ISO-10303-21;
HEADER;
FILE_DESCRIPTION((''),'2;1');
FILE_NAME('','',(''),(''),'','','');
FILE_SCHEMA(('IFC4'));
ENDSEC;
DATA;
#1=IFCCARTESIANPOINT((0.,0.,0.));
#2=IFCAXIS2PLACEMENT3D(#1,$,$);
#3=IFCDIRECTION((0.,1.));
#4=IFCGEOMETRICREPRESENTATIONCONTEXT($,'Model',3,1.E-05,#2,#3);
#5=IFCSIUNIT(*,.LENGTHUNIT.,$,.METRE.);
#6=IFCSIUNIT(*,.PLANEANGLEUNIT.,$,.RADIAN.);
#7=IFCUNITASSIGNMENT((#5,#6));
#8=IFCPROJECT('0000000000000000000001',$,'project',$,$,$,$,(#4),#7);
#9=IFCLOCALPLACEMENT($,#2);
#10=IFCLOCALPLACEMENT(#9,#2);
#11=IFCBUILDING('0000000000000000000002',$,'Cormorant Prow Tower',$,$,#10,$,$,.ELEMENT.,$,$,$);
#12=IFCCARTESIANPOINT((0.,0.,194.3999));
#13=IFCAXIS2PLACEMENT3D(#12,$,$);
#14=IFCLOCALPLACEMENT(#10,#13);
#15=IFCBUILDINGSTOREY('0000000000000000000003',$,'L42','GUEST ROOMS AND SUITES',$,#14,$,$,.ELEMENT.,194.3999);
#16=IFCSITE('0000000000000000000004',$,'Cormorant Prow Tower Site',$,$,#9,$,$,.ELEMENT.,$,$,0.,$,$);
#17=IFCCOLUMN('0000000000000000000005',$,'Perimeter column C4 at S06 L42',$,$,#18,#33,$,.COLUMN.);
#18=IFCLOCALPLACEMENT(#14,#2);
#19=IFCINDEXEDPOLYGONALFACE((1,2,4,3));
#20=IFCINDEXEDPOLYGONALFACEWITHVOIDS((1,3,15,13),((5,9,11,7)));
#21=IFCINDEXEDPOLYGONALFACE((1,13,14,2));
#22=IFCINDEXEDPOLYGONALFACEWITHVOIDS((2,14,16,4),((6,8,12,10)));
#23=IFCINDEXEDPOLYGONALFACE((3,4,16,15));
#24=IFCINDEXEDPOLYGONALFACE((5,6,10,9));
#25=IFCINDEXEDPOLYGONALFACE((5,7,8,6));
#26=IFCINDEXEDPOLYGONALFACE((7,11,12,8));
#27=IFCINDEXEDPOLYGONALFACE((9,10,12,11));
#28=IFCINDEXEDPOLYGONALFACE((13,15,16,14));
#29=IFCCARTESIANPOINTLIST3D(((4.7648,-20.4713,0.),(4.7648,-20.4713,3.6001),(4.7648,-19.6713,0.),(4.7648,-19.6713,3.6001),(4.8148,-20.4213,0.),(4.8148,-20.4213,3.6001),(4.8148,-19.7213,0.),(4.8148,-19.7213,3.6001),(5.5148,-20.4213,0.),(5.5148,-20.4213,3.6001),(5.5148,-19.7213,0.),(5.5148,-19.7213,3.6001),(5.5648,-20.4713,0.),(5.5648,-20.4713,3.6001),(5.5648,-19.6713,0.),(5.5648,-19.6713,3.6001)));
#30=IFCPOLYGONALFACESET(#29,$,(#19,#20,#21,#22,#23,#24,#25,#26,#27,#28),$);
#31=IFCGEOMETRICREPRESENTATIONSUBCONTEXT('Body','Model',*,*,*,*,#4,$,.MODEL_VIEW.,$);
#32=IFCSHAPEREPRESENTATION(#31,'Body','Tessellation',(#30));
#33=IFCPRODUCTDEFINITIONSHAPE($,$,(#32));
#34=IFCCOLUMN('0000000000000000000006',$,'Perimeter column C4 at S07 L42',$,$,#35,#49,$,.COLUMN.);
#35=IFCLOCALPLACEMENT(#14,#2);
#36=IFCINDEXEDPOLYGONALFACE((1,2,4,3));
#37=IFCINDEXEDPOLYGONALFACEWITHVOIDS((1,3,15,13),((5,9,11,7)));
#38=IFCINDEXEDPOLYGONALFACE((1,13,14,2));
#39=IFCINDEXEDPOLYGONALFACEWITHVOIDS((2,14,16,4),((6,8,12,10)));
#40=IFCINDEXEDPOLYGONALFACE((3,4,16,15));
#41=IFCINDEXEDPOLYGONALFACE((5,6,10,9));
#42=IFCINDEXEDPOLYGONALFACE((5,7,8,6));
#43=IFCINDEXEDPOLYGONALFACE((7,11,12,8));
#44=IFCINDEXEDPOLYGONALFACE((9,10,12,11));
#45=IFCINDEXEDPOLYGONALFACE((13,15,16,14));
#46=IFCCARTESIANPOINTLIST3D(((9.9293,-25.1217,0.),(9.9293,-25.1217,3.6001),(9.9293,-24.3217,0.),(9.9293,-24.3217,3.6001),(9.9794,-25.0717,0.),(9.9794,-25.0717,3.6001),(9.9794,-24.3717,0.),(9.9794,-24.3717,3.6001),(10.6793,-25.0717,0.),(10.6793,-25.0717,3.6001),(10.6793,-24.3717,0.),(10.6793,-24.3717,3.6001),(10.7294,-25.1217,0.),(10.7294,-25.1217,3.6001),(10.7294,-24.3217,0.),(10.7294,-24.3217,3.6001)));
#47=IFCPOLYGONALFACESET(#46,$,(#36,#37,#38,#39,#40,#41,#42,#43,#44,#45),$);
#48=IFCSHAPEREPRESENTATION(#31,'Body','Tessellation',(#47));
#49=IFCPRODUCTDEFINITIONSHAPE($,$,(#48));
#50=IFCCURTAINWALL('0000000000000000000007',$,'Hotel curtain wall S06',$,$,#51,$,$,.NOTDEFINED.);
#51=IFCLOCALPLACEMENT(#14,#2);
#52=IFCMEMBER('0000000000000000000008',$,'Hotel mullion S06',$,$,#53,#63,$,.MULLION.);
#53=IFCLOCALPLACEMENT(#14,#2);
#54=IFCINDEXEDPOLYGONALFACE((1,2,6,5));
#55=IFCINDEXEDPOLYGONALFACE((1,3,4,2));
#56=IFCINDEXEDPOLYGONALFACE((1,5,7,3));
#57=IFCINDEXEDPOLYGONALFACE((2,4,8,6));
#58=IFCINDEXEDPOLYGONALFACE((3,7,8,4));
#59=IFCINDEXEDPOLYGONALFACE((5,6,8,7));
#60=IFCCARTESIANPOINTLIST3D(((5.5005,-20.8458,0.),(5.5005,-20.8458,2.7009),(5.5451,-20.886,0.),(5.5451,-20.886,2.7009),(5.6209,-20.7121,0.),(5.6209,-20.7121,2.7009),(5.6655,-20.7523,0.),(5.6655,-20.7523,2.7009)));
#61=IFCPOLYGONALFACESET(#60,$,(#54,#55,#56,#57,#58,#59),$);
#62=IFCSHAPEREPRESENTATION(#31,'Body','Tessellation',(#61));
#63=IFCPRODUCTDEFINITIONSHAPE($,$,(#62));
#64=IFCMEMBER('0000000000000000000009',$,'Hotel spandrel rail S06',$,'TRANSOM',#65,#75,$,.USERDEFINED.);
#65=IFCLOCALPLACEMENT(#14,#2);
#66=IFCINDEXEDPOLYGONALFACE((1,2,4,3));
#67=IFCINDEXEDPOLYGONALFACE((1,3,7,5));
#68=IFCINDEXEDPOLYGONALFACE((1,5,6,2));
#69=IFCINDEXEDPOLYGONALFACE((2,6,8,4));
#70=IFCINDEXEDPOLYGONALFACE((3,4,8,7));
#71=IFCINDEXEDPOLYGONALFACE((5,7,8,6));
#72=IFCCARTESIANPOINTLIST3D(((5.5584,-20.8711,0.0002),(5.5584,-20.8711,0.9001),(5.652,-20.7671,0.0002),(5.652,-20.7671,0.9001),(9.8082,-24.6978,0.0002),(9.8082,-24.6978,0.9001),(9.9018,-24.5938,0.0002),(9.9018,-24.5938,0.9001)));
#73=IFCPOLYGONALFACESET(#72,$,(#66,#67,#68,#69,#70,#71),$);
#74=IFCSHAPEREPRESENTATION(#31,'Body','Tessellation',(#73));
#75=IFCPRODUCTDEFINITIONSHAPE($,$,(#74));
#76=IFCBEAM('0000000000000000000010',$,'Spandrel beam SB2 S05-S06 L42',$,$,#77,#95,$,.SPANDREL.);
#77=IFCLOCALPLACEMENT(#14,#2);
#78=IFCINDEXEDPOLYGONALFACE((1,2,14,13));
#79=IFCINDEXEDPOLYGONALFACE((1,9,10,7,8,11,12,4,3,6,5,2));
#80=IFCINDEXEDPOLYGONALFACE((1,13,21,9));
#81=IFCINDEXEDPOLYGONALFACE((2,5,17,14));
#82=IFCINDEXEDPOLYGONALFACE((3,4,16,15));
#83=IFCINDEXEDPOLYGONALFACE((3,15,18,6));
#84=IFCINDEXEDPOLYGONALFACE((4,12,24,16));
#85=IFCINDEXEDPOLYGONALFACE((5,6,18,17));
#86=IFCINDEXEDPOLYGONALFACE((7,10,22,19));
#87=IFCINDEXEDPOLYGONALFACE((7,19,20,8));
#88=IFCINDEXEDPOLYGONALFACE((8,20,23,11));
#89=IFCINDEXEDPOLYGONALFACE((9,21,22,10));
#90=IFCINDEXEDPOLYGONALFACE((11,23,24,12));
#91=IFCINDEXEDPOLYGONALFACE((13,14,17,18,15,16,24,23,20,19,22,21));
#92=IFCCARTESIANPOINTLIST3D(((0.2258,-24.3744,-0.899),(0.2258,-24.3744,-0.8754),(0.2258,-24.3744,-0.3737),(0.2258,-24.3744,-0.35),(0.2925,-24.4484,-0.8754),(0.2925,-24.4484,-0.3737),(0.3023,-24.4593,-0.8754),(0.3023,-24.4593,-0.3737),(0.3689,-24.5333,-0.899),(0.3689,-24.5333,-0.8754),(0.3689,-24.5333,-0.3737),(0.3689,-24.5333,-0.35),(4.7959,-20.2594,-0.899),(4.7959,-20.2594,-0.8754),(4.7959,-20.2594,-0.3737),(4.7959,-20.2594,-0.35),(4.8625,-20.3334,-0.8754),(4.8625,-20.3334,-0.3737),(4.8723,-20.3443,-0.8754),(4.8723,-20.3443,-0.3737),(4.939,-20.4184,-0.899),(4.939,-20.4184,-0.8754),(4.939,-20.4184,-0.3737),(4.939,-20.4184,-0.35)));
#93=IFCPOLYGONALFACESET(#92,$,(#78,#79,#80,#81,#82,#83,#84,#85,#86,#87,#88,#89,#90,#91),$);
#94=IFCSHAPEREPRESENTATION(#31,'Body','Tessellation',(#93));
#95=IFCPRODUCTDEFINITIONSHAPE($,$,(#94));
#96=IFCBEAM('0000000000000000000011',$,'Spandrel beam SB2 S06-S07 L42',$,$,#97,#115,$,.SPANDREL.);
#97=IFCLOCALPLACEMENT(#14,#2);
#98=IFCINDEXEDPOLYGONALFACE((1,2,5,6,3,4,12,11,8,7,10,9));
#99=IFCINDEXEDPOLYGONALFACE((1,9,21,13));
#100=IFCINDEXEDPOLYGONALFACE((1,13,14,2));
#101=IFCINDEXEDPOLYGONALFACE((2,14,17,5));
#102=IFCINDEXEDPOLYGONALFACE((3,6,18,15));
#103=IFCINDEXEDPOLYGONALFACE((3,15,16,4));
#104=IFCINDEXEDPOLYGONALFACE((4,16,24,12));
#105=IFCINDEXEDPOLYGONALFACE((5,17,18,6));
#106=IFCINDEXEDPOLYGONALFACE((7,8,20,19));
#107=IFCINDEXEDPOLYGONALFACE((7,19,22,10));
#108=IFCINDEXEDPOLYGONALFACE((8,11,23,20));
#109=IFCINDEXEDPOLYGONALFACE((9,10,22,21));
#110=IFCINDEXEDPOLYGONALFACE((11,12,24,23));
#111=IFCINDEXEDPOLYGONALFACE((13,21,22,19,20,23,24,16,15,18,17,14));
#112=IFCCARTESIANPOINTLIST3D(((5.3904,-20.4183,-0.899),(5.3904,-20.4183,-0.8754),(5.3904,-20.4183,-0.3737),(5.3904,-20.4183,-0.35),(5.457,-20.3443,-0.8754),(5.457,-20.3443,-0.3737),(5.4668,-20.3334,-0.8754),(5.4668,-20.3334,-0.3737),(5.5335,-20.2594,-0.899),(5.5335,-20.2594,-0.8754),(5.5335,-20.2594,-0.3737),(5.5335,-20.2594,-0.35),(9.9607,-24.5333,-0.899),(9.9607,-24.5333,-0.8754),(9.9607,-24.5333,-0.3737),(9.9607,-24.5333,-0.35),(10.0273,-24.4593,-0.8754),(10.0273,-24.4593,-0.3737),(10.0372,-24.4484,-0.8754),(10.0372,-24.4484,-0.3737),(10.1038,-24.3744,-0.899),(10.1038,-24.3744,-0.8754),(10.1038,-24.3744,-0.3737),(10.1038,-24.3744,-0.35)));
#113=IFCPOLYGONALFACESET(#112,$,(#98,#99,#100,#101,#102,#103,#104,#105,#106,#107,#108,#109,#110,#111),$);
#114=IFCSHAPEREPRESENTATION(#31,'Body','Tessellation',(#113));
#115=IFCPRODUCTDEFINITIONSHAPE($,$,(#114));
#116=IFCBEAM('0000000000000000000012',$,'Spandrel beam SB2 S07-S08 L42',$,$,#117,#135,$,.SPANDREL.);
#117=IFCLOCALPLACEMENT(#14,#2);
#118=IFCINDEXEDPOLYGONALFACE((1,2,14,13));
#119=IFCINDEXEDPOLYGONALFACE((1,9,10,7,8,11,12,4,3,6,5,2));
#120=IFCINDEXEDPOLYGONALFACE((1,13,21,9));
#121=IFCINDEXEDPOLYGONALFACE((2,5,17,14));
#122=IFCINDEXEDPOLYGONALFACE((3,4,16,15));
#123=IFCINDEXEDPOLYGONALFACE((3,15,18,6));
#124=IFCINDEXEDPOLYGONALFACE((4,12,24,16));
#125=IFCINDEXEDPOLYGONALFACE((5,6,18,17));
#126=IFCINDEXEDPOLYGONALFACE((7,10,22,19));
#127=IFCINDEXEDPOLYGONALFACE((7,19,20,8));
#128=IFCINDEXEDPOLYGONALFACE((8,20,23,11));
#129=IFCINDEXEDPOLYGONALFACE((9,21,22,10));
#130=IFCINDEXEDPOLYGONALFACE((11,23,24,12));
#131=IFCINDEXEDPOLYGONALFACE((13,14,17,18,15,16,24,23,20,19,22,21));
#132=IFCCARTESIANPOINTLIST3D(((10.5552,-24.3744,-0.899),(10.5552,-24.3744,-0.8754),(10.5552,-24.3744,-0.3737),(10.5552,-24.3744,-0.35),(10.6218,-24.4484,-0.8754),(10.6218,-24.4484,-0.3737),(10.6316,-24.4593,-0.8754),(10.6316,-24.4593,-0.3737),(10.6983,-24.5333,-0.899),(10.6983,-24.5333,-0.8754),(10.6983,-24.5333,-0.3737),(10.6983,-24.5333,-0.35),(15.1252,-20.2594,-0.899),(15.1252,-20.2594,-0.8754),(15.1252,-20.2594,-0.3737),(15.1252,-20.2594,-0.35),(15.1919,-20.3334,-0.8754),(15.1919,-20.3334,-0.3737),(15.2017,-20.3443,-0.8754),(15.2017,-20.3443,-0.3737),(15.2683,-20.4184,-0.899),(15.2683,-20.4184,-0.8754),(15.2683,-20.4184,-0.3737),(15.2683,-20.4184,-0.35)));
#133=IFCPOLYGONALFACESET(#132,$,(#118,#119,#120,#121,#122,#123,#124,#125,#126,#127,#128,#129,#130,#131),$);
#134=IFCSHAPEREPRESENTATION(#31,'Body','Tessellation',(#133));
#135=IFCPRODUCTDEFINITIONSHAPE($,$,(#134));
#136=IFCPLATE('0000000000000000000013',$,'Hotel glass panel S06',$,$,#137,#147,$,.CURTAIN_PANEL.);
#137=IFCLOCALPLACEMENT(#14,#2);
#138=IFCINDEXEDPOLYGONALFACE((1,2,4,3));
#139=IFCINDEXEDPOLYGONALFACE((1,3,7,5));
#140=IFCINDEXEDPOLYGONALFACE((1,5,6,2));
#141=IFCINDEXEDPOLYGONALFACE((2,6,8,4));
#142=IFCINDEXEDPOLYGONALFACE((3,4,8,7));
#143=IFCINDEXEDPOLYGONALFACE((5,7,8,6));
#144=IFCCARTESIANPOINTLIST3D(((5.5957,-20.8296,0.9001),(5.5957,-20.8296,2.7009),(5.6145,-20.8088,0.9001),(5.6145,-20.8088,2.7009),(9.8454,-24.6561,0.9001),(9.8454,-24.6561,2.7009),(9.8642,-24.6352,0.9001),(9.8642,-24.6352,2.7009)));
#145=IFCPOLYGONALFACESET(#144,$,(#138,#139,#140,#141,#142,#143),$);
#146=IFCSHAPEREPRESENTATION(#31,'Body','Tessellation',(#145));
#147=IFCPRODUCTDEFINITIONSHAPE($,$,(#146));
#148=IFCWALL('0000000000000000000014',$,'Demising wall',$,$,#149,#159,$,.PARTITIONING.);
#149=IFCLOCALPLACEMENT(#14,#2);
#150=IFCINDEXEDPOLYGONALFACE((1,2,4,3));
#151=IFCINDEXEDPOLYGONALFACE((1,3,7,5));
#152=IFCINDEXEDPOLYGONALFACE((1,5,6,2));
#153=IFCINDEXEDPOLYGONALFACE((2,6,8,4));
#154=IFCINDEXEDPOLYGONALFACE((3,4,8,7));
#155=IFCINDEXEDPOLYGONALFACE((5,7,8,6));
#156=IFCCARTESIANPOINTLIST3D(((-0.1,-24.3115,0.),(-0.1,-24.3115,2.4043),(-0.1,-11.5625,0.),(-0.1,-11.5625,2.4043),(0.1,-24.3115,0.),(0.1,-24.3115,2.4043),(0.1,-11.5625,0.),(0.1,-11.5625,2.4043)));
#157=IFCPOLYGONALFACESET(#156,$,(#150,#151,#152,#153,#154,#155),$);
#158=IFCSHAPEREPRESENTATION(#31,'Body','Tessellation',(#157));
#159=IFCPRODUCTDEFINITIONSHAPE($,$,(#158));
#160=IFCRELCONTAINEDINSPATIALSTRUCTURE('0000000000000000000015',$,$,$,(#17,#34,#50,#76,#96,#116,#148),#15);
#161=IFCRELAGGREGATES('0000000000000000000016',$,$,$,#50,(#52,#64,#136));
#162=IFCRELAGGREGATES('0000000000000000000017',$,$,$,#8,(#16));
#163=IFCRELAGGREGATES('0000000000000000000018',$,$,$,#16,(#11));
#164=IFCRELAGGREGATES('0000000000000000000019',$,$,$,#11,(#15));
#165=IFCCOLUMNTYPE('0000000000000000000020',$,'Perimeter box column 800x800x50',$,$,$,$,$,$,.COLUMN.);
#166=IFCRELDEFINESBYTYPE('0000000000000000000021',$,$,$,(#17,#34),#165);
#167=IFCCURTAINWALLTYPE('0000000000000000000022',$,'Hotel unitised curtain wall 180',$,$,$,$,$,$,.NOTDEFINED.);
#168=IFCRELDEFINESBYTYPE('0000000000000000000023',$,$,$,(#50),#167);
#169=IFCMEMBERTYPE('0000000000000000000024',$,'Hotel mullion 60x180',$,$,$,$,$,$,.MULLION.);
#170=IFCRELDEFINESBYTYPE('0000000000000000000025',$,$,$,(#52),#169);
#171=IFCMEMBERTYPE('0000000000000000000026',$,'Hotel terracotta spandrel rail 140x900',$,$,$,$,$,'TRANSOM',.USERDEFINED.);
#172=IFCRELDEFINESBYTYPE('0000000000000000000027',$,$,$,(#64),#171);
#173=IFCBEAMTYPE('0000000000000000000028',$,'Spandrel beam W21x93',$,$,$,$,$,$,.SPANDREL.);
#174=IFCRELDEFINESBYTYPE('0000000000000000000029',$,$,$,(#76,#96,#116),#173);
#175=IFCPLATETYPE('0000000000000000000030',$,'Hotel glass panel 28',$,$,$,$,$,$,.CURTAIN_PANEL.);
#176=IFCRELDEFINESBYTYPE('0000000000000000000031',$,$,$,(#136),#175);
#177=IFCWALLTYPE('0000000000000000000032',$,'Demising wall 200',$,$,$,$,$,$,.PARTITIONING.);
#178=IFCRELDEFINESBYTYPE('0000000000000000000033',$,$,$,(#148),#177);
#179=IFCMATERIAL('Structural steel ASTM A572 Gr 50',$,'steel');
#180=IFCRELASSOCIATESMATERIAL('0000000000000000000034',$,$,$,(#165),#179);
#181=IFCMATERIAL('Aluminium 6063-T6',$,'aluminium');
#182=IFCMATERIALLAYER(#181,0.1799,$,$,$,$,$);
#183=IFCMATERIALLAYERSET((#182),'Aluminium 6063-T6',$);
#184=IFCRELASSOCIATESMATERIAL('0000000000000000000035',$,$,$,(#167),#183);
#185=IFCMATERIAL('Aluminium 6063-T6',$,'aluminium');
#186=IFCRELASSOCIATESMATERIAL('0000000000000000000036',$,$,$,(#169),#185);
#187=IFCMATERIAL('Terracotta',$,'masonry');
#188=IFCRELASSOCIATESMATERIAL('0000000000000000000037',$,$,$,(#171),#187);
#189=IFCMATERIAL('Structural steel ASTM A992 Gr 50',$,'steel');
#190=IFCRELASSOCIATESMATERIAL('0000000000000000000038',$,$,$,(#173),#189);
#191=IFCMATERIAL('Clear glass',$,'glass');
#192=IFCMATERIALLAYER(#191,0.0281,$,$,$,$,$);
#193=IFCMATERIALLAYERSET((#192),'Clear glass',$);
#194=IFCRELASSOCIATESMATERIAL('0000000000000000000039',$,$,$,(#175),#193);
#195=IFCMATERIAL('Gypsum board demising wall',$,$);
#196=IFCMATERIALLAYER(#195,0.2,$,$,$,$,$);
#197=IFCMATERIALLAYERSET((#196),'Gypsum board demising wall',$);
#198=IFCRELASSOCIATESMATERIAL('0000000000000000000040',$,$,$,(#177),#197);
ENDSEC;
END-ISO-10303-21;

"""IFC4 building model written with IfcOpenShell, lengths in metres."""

from ifc_helpers import new_model, si_unit, direction, frame, frame_2d, origin, origin_2d, place, context, subcontext, project, spatial, rectangle, hollow_rectangle, i_section, extrude, material, layer, layer_set, material_profile, profile_set, type_object, element, aggregate, save


model = new_model("IFC4")

# Units and contexts
model_context = context("Model", 3, precision=1e-05, world=origin(), true_north=direction((0.0, 1.0)))
body_context = subcontext(model_context, "Body", "Model", "MODEL_VIEW")
ifc_project = project(units=[si_unit("LENGTHUNIT", "METRE"), si_unit("PLANEANGLEUNIT", "RADIAN")], contexts=[model_context])

# Site, building, storey
site_placement = place(None, origin())
site = spatial("IfcSite", under=ifc_project, at=site_placement, Name="Cormorant Prow Tower Site", CompositionType="ELEMENT", RefElevation=0.0)
building_placement = place(site_placement, origin())
building = spatial("IfcBuilding", under=site, at=building_placement, Name="Cormorant Prow Tower", CompositionType="ELEMENT")
storey_placement = place(building_placement, frame((0.0, 0.0, 194.3999)))
storey = spatial("IfcBuildingStorey", under=building, at=storey_placement, Name="L42", Description="GUEST ROOMS AND SUITES", CompositionType="ELEMENT", Elevation=194.3999)

# Columns
ifc_material_1 = material(Name="Structural steel ASTM A572 Gr 50", Category="steel")
ifc_material_profile_1 = material_profile(ifc_material_1, hollow_rectangle(XDim=0.8, YDim=0.8, WallThickness=0.05, at=origin_2d()), Name="Box 800x800x50")
ifc_profile_set_1 = profile_set([ifc_material_profile_1], Name="Structural steel ASTM A572 Gr 50")
column_type = type_object("IfcColumnType", Name="Perimeter box column 800x800x50", PredefinedType="COLUMN", material=ifc_profile_set_1)
for number, where, z_axis, x_axis, name in (
    (1, (5.1648, -20.0713, 0.0), (0.0, 0.0, 1.0), (1.0, 0.0, 0.0), "Perimeter column C4 at S06 L42"),
    (2, (10.3293, -24.7217, 0.0), (0.0, 0.0, 1.0), (1.0, 0.0, 0.0), "Perimeter column C4 at S07 L42"),
):
    element("IfcColumn", number, at=place(storey_placement, frame(where, z_axis=z_axis, x_axis=x_axis)), inside=storey, type_object=column_type, Name=name, PredefinedType="COLUMN", context=body_context, shape_type="SweptSolid", body=[
        extrude(hollow_rectangle(XDim=0.8, YDim=0.8, WallThickness=0.05, at=origin_2d()), origin(), (0.0, 0.0, 1.0), 3.6001),
    ])

# Curtain wall, members
ifc_material_2 = material(Name="Aluminium 6063-T6", Category="aluminium")
ifc_layer_1 = layer(ifc_material_2, 0.1799)
ifc_layer_set_1 = layer_set([ifc_layer_1], Name="Aluminium 6063-T6")
curtain_wall_type = type_object("IfcCurtainWallType", Name="Hotel unitised curtain wall 180", PredefinedType="NOTDEFINED", material=ifc_layer_set_1)
curtain_wall_placement = place(storey_placement, origin())
curtain_wall = element("IfcCurtainWall", 3, at=curtain_wall_placement, inside=storey, type_object=curtain_wall_type, Name="Hotel curtain wall S06", PredefinedType="NOTDEFINED")
ifc_material_3 = material(Name="Aluminium 6063-T6", Category="aluminium")
ifc_material_profile_2 = material_profile(ifc_material_3, rectangle(XDim=0.1799, YDim=0.0601, at=origin_2d()), Name="Hotel mullion 60x180")
ifc_profile_set_2 = profile_set([ifc_material_profile_2], Name="Aluminium 6063-T6")
member_type_1 = type_object("IfcMemberType", Name="Hotel mullion 60x180", PredefinedType="MULLION", material=ifc_profile_set_2)
member_1_placement = place(storey_placement, frame((5.583, -20.7991, 0.0), z_axis=(0.0, 0.0, 1.0), x_axis=(0.669131, 0.743145, 0.0)))
member_1 = element("IfcMember", 4, at=member_1_placement, type_object=member_type_1, Name="Hotel mullion S06", PredefinedType="MULLION", context=body_context, shape_type="SweptSolid", body=[
    extrude(rectangle(XDim=0.1799, YDim=0.0601, at=origin_2d()), origin(), (0.0, 0.0, 1.0), 2.7009),
])
ifc_material_4 = material(Name="Terracotta", Category="masonry")
ifc_material_profile_3 = material_profile(ifc_material_4, rectangle(XDim=0.1399, YDim=0.8999, at=origin_2d()), Name="Hotel terracotta spandrel rail 140x900")
ifc_profile_set_3 = profile_set([ifc_material_profile_3], Name="Terracotta")
member_type_2 = type_object("IfcMemberType", Name="Hotel terracotta spandrel rail 140x900", ElementType="TRANSOM", PredefinedType="USERDEFINED", material=ifc_profile_set_3)
member_2_placement = place(storey_placement, frame((5.6052, -20.8191, 0.4502), z_axis=(0.743131, -0.669146, 0.0), x_axis=(0.669146, 0.743131, 0.0)))
member_2 = element("IfcMember", 5, at=member_2_placement, type_object=member_type_2, Name="Hotel spandrel rail S06", ObjectType="TRANSOM", PredefinedType="USERDEFINED", context=body_context, shape_type="SweptSolid", body=[
    extrude(rectangle(XDim=0.1399, YDim=0.8999, at=origin_2d()), origin(), (0.0, 0.0, 1.0), 5.7188),
])

# Beams
ifc_material_5 = material(Name="Structural steel ASTM A992 Gr 50", Category="steel")
ifc_material_profile_4 = material_profile(ifc_material_5, i_section(OverallWidth=0.2139, OverallDepth=0.5491, WebThickness=0.0146, FlangeThickness=0.0237, at=origin_2d()), Name="W21x93")
ifc_profile_set_4 = profile_set([ifc_material_profile_4], Name="Structural steel ASTM A992 Gr 50")
beam_type = type_object("IfcBeamType", Name="Spandrel beam W21x93", PredefinedType="SPANDREL", material=ifc_profile_set_4)
beam_1_placement = place(storey_placement, frame((0.2974, -24.4539, -0.6245), z_axis=(0.743138, 0.669138, 0.0), x_axis=(-0.669138, 0.743138, 0.0)))
element("IfcBeam", 6, at=beam_1_placement, inside=storey, type_object=beam_type, Name="Spandrel beam SB2 S05-S06 L42", PredefinedType="SPANDREL", context=body_context, shape_type="SweptSolid", body=[
    extrude(i_section(OverallWidth=0.2139, OverallDepth=0.5491, WebThickness=0.0146, FlangeThickness=0.0237, at=origin_2d()), origin(), (0.0, 0.0, 1.0), 6.1497),
])
beam_2_placement = place(storey_placement, frame((5.4619, -20.3389, -0.6245), z_axis=(0.743156, -0.669118, 0.0), x_axis=(0.669118, 0.743156, 0.0)))
element("IfcBeam", 7, at=beam_2_placement, inside=storey, type_object=beam_type, Name="Spandrel beam SB2 S06-S07 L42", PredefinedType="SPANDREL", context=body_context, shape_type="SweptSolid", body=[
    extrude(i_section(OverallWidth=0.2139, OverallDepth=0.5491, WebThickness=0.0146, FlangeThickness=0.0237, at=origin_2d()), origin(), (0.0, 0.0, 1.0), 6.1499),
])
beam_3_placement = place(storey_placement, frame((10.6267, -24.4539, -0.6245), z_axis=(0.743138, 0.669138, 0.0), x_axis=(-0.669138, 0.743138, 0.0)))
element("IfcBeam", 8, at=beam_3_placement, inside=storey, type_object=beam_type, Name="Spandrel beam SB2 S07-S08 L42", PredefinedType="SPANDREL", context=body_context, shape_type="SweptSolid", body=[
    extrude(i_section(OverallWidth=0.2139, OverallDepth=0.5491, WebThickness=0.0146, FlangeThickness=0.0237, at=origin_2d()), origin(), (0.0, 0.0, 1.0), 6.1497),
])

# Plate
ifc_material_6 = material(Name="Clear glass", Category="glass")
ifc_layer_2 = layer(ifc_material_6, 0.0281)
ifc_layer_set_2 = layer_set([ifc_layer_2], Name="Clear glass")
plate_type = type_object("IfcPlateType", Name="Hotel glass panel 28", PredefinedType="CURTAIN_PANEL", material=ifc_layer_set_2)
plate_placement = place(storey_placement, frame((7.73, -22.7324, 0.9001), z_axis=(0.0, 0.0, 1.0), x_axis=(0.743145, -0.669131, 0.0)))
plate = element("IfcPlate", 9, at=plate_placement, type_object=plate_type, Name="Hotel glass panel S06", PredefinedType="CURTAIN_PANEL", context=body_context, shape_type="SweptSolid", body=[
    extrude(rectangle(XDim=5.7185, YDim=0.0281, at=origin_2d()), origin(), (0.0, 0.0, 1.0), 1.8008),
])
aggregate(curtain_wall, [member_1, member_2, plate])

# Wall
ifc_material_7 = material(Name="Gypsum board demising wall")
ifc_layer_3 = layer(ifc_material_7, 0.2)
ifc_layer_set_3 = layer_set([ifc_layer_3], Name="Gypsum board demising wall")
wall_type_1 = type_object("IfcWallType", Name="Demising wall 200", PredefinedType="PARTITIONING", material=ifc_layer_set_3)
wall_1_placement = place(storey_placement, frame((0.0, -24.3115, 0.0), z_axis=(0.0, 0.0, 1.0), x_axis=(0.0, 1.0, 0.0)))
element("IfcWall", 10, at=wall_1_placement, inside=storey, type_object=wall_type_1, Name="Demising wall", PredefinedType="PARTITIONING", context=body_context, shape_type="SweptSolid", body=[
    extrude(rectangle(XDim=12.749, YDim=0.2, at=frame_2d((6.3745, 0.0))), origin(), (0.0, 0.0, 1.0), 2.4043),
])

save(model, "model.ifc")
